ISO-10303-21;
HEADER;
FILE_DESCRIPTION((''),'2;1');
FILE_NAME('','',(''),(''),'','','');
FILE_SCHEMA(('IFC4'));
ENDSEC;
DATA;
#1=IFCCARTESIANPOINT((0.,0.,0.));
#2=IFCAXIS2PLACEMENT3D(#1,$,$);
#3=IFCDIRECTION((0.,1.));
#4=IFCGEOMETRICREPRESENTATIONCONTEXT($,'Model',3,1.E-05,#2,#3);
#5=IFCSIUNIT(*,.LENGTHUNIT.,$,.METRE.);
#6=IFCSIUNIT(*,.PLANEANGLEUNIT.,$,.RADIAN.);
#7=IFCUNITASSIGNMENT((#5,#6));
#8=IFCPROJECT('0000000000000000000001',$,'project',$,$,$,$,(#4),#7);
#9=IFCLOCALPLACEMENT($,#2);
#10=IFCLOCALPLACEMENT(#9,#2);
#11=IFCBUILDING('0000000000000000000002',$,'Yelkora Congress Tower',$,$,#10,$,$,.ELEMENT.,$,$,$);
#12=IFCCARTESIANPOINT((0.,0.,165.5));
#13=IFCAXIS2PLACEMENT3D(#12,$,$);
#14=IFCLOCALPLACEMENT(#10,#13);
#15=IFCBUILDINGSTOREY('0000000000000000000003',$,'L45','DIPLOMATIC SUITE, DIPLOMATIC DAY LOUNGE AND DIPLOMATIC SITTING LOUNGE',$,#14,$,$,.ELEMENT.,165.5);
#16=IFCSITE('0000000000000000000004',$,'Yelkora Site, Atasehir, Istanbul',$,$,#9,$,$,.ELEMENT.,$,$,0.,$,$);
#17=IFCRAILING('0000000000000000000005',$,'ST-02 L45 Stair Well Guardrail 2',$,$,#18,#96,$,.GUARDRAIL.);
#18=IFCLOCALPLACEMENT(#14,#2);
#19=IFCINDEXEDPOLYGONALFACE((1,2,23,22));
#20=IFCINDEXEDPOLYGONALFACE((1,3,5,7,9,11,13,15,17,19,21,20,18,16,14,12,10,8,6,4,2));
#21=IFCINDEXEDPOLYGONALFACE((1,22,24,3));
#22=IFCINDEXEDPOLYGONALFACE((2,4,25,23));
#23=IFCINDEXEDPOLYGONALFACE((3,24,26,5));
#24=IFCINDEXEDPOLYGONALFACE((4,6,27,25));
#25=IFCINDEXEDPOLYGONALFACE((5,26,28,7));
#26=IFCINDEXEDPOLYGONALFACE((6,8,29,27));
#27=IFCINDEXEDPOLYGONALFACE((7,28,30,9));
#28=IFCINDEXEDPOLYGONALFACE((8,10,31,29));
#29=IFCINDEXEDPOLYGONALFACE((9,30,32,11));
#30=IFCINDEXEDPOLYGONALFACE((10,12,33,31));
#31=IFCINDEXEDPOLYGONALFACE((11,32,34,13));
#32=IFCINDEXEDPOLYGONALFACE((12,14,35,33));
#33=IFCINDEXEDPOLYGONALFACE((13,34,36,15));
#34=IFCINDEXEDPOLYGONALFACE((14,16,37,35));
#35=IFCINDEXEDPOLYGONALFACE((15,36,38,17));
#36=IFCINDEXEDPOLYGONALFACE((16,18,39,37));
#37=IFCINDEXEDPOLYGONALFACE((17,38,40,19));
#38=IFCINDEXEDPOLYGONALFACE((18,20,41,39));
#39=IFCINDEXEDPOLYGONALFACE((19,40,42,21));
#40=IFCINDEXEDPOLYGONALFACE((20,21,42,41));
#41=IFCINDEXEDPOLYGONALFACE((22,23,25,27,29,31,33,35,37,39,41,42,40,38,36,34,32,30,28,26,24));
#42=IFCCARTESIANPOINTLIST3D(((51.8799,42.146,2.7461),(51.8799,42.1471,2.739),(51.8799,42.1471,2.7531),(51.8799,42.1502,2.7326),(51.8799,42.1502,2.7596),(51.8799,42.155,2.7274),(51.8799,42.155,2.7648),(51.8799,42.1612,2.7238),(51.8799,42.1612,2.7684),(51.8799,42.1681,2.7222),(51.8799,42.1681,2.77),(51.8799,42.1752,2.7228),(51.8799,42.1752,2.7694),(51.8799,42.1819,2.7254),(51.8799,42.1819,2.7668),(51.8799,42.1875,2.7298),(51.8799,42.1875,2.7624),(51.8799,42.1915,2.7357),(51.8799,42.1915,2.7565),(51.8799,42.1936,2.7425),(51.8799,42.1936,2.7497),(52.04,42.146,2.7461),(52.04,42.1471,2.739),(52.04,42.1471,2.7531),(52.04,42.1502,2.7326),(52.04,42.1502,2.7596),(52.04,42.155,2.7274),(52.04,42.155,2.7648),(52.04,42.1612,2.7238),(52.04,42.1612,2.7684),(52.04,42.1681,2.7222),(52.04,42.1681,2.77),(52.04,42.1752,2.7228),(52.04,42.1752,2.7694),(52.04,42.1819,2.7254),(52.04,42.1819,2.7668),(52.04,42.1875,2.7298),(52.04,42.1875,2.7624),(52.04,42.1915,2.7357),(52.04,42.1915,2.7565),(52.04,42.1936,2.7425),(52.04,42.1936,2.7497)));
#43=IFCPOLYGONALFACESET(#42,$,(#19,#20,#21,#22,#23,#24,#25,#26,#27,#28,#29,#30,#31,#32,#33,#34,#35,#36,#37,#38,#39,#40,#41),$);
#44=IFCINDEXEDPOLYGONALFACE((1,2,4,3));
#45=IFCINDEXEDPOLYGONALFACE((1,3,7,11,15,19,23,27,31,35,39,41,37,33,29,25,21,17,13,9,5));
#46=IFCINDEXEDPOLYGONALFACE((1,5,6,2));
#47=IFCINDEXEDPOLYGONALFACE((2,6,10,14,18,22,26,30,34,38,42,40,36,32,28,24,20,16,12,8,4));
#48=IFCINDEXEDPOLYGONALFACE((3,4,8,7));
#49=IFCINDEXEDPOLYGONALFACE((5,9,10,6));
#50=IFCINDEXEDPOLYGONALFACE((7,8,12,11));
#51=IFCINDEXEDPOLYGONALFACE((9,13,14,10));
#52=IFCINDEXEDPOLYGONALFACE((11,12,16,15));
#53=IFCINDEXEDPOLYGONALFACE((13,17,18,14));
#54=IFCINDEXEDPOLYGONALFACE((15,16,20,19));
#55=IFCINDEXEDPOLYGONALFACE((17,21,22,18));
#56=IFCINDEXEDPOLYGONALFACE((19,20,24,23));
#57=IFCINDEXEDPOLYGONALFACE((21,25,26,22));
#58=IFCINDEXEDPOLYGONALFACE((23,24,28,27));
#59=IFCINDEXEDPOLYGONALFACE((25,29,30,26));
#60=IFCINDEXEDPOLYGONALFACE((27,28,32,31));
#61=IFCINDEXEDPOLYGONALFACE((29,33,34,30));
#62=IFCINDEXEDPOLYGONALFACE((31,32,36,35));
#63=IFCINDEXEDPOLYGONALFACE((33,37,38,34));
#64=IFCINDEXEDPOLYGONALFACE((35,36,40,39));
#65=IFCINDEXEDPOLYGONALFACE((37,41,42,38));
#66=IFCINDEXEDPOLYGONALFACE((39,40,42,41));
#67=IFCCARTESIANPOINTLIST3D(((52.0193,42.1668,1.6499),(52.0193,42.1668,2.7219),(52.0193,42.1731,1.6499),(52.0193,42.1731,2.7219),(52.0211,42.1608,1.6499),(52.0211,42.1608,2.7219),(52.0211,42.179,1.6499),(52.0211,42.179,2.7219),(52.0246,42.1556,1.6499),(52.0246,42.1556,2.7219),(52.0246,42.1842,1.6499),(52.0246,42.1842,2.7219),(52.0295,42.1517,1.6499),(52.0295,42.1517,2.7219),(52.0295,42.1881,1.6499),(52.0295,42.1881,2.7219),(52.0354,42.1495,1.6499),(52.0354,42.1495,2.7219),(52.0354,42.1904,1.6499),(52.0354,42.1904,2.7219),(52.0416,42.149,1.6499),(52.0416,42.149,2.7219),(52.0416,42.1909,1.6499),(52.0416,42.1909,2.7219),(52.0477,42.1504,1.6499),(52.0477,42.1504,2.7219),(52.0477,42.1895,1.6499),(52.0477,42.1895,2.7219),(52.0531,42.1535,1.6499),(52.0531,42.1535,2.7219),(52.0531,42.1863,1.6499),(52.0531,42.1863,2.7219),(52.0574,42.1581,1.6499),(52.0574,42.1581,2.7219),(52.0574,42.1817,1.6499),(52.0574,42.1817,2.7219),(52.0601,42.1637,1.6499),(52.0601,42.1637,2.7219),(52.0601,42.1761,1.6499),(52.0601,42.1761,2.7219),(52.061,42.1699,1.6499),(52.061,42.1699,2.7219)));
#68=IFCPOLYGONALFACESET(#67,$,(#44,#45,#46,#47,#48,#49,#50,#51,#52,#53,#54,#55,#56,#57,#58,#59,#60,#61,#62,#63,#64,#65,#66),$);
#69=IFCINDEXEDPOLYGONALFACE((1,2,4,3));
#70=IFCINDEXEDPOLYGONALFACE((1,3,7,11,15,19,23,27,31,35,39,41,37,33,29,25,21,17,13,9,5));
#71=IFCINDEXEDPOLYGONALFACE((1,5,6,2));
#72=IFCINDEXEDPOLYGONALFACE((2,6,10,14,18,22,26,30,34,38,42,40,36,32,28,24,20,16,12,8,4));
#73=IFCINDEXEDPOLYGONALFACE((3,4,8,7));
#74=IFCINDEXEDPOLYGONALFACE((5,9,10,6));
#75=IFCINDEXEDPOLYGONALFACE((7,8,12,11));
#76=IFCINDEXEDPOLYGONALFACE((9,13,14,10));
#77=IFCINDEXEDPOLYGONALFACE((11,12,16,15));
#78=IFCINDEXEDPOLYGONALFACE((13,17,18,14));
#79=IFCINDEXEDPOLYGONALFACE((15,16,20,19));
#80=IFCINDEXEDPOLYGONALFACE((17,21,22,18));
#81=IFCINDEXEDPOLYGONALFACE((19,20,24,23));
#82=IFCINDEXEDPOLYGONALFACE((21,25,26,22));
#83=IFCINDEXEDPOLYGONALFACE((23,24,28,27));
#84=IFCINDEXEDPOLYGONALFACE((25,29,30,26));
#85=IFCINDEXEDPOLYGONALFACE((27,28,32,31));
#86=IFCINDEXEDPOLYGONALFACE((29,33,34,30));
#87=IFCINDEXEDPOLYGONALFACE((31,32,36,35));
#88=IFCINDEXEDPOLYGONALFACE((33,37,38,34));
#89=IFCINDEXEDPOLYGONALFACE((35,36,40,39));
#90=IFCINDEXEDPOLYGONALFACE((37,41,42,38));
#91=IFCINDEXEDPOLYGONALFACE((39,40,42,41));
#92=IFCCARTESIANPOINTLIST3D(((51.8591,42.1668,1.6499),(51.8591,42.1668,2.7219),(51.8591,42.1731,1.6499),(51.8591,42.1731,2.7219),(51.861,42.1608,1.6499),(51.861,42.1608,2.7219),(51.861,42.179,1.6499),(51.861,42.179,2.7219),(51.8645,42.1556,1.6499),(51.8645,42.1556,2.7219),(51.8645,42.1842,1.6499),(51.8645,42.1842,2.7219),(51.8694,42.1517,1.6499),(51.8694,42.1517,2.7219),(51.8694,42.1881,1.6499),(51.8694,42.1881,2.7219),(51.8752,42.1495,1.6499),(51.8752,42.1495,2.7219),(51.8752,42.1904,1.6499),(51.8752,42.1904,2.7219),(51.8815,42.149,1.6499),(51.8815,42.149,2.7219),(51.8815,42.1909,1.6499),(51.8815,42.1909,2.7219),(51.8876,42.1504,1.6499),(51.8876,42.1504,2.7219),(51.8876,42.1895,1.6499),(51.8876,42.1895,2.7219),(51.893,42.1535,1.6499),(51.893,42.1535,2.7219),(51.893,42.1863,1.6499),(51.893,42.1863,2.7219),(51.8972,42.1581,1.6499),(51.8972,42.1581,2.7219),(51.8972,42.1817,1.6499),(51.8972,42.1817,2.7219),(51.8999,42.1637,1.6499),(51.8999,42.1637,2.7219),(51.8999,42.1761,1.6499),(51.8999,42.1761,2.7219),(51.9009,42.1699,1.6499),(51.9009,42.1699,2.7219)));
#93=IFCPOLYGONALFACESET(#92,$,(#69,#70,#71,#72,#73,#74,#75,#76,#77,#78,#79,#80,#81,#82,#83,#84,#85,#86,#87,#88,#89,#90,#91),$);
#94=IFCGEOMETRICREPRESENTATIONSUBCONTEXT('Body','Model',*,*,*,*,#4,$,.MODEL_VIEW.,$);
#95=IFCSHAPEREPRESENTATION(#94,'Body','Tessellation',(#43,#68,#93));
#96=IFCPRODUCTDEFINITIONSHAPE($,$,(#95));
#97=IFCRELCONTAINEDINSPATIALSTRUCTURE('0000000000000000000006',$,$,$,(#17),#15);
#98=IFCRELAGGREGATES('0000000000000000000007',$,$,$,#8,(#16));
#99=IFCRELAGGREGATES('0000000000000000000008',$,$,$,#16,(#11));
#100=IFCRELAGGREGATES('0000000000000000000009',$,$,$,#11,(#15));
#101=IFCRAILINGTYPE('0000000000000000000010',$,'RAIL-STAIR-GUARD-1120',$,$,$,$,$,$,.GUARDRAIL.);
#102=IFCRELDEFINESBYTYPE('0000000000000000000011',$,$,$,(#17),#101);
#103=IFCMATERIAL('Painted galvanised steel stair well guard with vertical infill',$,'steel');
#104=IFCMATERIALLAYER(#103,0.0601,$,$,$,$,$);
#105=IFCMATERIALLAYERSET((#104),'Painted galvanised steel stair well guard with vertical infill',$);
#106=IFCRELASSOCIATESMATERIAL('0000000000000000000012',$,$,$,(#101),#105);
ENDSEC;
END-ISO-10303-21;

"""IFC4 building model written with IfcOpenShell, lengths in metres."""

from ifc_helpers import new_model, si_unit, direction, frame, origin, origin_2d, place, context, subcontext, project, spatial, circle, extrude, material, layer, layer_set, type_object, element, save


model = new_model("IFC4")

# Units and contexts
model_context = context("Model", 3, precision=1e-05, world=origin(), true_north=direction((0.0, 1.0)))
body_context = subcontext(model_context, "Body", "Model", "MODEL_VIEW")
ifc_project = project(units=[si_unit("LENGTHUNIT", "METRE"), si_unit("PLANEANGLEUNIT", "RADIAN")], contexts=[model_context])

# Site, building, storey
site_placement = place(None, origin())
site = spatial("IfcSite", under=ifc_project, at=site_placement, Name="Yelkora Site, Atasehir, Istanbul", CompositionType="ELEMENT", RefElevation=0.0)
building_placement = place(site_placement, origin())
building = spatial("IfcBuilding", under=site, at=building_placement, Name="Yelkora Congress Tower", CompositionType="ELEMENT")
storey_placement = place(building_placement, frame((0.0, 0.0, 165.5)))
storey = spatial("IfcBuildingStorey", under=building, at=storey_placement, Name="L45", Description="DIPLOMATIC SUITE, DIPLOMATIC DAY LOUNGE AND DIPLOMATIC SITTING LOUNGE", CompositionType="ELEMENT", Elevation=165.5)

# Railing
ifc_material_1 = material(Name="Painted galvanised steel stair well guard with vertical infill", Category="steel")
ifc_layer_1 = layer(ifc_material_1, 0.0601)
ifc_layer_set_1 = layer_set([ifc_layer_1], Name="Painted galvanised steel stair well guard with vertical infill")
railing_type_1 = type_object("IfcRailingType", Name="RAIL-STAIR-GUARD-1120", PredefinedType="GUARDRAIL", material=ifc_layer_set_1)
railing_1_placement = place(storey_placement, frame((52.04, 42.1699, 1.6499)))
element("IfcRailing", 1, at=railing_1_placement, inside=storey, type_object=railing_type_1, Name="ST-02 L45 Stair Well Guardrail 2", PredefinedType="GUARDRAIL", context=body_context, shape_type="SweptSolid", body=[
    extrude(circle(Radius=0.0239, at=origin_2d()), frame((0.0, 0.0, 1.0962), z_axis=(-1.0, 0.0, 0.0), x_axis=(0.0, -1.0, 0.0)), (0.0, 0.0, 1.0), 0.1602),
    extrude(circle(Radius=0.021, at=origin_2d()), origin(), (0.0, 0.0, 1.0), 1.072),
    extrude(circle(Radius=0.021, at=origin_2d()), frame((-0.1602, 0.0, 0.0)), (0.0, 0.0, 1.0), 1.072),
])

save(model, "model.ifc")
